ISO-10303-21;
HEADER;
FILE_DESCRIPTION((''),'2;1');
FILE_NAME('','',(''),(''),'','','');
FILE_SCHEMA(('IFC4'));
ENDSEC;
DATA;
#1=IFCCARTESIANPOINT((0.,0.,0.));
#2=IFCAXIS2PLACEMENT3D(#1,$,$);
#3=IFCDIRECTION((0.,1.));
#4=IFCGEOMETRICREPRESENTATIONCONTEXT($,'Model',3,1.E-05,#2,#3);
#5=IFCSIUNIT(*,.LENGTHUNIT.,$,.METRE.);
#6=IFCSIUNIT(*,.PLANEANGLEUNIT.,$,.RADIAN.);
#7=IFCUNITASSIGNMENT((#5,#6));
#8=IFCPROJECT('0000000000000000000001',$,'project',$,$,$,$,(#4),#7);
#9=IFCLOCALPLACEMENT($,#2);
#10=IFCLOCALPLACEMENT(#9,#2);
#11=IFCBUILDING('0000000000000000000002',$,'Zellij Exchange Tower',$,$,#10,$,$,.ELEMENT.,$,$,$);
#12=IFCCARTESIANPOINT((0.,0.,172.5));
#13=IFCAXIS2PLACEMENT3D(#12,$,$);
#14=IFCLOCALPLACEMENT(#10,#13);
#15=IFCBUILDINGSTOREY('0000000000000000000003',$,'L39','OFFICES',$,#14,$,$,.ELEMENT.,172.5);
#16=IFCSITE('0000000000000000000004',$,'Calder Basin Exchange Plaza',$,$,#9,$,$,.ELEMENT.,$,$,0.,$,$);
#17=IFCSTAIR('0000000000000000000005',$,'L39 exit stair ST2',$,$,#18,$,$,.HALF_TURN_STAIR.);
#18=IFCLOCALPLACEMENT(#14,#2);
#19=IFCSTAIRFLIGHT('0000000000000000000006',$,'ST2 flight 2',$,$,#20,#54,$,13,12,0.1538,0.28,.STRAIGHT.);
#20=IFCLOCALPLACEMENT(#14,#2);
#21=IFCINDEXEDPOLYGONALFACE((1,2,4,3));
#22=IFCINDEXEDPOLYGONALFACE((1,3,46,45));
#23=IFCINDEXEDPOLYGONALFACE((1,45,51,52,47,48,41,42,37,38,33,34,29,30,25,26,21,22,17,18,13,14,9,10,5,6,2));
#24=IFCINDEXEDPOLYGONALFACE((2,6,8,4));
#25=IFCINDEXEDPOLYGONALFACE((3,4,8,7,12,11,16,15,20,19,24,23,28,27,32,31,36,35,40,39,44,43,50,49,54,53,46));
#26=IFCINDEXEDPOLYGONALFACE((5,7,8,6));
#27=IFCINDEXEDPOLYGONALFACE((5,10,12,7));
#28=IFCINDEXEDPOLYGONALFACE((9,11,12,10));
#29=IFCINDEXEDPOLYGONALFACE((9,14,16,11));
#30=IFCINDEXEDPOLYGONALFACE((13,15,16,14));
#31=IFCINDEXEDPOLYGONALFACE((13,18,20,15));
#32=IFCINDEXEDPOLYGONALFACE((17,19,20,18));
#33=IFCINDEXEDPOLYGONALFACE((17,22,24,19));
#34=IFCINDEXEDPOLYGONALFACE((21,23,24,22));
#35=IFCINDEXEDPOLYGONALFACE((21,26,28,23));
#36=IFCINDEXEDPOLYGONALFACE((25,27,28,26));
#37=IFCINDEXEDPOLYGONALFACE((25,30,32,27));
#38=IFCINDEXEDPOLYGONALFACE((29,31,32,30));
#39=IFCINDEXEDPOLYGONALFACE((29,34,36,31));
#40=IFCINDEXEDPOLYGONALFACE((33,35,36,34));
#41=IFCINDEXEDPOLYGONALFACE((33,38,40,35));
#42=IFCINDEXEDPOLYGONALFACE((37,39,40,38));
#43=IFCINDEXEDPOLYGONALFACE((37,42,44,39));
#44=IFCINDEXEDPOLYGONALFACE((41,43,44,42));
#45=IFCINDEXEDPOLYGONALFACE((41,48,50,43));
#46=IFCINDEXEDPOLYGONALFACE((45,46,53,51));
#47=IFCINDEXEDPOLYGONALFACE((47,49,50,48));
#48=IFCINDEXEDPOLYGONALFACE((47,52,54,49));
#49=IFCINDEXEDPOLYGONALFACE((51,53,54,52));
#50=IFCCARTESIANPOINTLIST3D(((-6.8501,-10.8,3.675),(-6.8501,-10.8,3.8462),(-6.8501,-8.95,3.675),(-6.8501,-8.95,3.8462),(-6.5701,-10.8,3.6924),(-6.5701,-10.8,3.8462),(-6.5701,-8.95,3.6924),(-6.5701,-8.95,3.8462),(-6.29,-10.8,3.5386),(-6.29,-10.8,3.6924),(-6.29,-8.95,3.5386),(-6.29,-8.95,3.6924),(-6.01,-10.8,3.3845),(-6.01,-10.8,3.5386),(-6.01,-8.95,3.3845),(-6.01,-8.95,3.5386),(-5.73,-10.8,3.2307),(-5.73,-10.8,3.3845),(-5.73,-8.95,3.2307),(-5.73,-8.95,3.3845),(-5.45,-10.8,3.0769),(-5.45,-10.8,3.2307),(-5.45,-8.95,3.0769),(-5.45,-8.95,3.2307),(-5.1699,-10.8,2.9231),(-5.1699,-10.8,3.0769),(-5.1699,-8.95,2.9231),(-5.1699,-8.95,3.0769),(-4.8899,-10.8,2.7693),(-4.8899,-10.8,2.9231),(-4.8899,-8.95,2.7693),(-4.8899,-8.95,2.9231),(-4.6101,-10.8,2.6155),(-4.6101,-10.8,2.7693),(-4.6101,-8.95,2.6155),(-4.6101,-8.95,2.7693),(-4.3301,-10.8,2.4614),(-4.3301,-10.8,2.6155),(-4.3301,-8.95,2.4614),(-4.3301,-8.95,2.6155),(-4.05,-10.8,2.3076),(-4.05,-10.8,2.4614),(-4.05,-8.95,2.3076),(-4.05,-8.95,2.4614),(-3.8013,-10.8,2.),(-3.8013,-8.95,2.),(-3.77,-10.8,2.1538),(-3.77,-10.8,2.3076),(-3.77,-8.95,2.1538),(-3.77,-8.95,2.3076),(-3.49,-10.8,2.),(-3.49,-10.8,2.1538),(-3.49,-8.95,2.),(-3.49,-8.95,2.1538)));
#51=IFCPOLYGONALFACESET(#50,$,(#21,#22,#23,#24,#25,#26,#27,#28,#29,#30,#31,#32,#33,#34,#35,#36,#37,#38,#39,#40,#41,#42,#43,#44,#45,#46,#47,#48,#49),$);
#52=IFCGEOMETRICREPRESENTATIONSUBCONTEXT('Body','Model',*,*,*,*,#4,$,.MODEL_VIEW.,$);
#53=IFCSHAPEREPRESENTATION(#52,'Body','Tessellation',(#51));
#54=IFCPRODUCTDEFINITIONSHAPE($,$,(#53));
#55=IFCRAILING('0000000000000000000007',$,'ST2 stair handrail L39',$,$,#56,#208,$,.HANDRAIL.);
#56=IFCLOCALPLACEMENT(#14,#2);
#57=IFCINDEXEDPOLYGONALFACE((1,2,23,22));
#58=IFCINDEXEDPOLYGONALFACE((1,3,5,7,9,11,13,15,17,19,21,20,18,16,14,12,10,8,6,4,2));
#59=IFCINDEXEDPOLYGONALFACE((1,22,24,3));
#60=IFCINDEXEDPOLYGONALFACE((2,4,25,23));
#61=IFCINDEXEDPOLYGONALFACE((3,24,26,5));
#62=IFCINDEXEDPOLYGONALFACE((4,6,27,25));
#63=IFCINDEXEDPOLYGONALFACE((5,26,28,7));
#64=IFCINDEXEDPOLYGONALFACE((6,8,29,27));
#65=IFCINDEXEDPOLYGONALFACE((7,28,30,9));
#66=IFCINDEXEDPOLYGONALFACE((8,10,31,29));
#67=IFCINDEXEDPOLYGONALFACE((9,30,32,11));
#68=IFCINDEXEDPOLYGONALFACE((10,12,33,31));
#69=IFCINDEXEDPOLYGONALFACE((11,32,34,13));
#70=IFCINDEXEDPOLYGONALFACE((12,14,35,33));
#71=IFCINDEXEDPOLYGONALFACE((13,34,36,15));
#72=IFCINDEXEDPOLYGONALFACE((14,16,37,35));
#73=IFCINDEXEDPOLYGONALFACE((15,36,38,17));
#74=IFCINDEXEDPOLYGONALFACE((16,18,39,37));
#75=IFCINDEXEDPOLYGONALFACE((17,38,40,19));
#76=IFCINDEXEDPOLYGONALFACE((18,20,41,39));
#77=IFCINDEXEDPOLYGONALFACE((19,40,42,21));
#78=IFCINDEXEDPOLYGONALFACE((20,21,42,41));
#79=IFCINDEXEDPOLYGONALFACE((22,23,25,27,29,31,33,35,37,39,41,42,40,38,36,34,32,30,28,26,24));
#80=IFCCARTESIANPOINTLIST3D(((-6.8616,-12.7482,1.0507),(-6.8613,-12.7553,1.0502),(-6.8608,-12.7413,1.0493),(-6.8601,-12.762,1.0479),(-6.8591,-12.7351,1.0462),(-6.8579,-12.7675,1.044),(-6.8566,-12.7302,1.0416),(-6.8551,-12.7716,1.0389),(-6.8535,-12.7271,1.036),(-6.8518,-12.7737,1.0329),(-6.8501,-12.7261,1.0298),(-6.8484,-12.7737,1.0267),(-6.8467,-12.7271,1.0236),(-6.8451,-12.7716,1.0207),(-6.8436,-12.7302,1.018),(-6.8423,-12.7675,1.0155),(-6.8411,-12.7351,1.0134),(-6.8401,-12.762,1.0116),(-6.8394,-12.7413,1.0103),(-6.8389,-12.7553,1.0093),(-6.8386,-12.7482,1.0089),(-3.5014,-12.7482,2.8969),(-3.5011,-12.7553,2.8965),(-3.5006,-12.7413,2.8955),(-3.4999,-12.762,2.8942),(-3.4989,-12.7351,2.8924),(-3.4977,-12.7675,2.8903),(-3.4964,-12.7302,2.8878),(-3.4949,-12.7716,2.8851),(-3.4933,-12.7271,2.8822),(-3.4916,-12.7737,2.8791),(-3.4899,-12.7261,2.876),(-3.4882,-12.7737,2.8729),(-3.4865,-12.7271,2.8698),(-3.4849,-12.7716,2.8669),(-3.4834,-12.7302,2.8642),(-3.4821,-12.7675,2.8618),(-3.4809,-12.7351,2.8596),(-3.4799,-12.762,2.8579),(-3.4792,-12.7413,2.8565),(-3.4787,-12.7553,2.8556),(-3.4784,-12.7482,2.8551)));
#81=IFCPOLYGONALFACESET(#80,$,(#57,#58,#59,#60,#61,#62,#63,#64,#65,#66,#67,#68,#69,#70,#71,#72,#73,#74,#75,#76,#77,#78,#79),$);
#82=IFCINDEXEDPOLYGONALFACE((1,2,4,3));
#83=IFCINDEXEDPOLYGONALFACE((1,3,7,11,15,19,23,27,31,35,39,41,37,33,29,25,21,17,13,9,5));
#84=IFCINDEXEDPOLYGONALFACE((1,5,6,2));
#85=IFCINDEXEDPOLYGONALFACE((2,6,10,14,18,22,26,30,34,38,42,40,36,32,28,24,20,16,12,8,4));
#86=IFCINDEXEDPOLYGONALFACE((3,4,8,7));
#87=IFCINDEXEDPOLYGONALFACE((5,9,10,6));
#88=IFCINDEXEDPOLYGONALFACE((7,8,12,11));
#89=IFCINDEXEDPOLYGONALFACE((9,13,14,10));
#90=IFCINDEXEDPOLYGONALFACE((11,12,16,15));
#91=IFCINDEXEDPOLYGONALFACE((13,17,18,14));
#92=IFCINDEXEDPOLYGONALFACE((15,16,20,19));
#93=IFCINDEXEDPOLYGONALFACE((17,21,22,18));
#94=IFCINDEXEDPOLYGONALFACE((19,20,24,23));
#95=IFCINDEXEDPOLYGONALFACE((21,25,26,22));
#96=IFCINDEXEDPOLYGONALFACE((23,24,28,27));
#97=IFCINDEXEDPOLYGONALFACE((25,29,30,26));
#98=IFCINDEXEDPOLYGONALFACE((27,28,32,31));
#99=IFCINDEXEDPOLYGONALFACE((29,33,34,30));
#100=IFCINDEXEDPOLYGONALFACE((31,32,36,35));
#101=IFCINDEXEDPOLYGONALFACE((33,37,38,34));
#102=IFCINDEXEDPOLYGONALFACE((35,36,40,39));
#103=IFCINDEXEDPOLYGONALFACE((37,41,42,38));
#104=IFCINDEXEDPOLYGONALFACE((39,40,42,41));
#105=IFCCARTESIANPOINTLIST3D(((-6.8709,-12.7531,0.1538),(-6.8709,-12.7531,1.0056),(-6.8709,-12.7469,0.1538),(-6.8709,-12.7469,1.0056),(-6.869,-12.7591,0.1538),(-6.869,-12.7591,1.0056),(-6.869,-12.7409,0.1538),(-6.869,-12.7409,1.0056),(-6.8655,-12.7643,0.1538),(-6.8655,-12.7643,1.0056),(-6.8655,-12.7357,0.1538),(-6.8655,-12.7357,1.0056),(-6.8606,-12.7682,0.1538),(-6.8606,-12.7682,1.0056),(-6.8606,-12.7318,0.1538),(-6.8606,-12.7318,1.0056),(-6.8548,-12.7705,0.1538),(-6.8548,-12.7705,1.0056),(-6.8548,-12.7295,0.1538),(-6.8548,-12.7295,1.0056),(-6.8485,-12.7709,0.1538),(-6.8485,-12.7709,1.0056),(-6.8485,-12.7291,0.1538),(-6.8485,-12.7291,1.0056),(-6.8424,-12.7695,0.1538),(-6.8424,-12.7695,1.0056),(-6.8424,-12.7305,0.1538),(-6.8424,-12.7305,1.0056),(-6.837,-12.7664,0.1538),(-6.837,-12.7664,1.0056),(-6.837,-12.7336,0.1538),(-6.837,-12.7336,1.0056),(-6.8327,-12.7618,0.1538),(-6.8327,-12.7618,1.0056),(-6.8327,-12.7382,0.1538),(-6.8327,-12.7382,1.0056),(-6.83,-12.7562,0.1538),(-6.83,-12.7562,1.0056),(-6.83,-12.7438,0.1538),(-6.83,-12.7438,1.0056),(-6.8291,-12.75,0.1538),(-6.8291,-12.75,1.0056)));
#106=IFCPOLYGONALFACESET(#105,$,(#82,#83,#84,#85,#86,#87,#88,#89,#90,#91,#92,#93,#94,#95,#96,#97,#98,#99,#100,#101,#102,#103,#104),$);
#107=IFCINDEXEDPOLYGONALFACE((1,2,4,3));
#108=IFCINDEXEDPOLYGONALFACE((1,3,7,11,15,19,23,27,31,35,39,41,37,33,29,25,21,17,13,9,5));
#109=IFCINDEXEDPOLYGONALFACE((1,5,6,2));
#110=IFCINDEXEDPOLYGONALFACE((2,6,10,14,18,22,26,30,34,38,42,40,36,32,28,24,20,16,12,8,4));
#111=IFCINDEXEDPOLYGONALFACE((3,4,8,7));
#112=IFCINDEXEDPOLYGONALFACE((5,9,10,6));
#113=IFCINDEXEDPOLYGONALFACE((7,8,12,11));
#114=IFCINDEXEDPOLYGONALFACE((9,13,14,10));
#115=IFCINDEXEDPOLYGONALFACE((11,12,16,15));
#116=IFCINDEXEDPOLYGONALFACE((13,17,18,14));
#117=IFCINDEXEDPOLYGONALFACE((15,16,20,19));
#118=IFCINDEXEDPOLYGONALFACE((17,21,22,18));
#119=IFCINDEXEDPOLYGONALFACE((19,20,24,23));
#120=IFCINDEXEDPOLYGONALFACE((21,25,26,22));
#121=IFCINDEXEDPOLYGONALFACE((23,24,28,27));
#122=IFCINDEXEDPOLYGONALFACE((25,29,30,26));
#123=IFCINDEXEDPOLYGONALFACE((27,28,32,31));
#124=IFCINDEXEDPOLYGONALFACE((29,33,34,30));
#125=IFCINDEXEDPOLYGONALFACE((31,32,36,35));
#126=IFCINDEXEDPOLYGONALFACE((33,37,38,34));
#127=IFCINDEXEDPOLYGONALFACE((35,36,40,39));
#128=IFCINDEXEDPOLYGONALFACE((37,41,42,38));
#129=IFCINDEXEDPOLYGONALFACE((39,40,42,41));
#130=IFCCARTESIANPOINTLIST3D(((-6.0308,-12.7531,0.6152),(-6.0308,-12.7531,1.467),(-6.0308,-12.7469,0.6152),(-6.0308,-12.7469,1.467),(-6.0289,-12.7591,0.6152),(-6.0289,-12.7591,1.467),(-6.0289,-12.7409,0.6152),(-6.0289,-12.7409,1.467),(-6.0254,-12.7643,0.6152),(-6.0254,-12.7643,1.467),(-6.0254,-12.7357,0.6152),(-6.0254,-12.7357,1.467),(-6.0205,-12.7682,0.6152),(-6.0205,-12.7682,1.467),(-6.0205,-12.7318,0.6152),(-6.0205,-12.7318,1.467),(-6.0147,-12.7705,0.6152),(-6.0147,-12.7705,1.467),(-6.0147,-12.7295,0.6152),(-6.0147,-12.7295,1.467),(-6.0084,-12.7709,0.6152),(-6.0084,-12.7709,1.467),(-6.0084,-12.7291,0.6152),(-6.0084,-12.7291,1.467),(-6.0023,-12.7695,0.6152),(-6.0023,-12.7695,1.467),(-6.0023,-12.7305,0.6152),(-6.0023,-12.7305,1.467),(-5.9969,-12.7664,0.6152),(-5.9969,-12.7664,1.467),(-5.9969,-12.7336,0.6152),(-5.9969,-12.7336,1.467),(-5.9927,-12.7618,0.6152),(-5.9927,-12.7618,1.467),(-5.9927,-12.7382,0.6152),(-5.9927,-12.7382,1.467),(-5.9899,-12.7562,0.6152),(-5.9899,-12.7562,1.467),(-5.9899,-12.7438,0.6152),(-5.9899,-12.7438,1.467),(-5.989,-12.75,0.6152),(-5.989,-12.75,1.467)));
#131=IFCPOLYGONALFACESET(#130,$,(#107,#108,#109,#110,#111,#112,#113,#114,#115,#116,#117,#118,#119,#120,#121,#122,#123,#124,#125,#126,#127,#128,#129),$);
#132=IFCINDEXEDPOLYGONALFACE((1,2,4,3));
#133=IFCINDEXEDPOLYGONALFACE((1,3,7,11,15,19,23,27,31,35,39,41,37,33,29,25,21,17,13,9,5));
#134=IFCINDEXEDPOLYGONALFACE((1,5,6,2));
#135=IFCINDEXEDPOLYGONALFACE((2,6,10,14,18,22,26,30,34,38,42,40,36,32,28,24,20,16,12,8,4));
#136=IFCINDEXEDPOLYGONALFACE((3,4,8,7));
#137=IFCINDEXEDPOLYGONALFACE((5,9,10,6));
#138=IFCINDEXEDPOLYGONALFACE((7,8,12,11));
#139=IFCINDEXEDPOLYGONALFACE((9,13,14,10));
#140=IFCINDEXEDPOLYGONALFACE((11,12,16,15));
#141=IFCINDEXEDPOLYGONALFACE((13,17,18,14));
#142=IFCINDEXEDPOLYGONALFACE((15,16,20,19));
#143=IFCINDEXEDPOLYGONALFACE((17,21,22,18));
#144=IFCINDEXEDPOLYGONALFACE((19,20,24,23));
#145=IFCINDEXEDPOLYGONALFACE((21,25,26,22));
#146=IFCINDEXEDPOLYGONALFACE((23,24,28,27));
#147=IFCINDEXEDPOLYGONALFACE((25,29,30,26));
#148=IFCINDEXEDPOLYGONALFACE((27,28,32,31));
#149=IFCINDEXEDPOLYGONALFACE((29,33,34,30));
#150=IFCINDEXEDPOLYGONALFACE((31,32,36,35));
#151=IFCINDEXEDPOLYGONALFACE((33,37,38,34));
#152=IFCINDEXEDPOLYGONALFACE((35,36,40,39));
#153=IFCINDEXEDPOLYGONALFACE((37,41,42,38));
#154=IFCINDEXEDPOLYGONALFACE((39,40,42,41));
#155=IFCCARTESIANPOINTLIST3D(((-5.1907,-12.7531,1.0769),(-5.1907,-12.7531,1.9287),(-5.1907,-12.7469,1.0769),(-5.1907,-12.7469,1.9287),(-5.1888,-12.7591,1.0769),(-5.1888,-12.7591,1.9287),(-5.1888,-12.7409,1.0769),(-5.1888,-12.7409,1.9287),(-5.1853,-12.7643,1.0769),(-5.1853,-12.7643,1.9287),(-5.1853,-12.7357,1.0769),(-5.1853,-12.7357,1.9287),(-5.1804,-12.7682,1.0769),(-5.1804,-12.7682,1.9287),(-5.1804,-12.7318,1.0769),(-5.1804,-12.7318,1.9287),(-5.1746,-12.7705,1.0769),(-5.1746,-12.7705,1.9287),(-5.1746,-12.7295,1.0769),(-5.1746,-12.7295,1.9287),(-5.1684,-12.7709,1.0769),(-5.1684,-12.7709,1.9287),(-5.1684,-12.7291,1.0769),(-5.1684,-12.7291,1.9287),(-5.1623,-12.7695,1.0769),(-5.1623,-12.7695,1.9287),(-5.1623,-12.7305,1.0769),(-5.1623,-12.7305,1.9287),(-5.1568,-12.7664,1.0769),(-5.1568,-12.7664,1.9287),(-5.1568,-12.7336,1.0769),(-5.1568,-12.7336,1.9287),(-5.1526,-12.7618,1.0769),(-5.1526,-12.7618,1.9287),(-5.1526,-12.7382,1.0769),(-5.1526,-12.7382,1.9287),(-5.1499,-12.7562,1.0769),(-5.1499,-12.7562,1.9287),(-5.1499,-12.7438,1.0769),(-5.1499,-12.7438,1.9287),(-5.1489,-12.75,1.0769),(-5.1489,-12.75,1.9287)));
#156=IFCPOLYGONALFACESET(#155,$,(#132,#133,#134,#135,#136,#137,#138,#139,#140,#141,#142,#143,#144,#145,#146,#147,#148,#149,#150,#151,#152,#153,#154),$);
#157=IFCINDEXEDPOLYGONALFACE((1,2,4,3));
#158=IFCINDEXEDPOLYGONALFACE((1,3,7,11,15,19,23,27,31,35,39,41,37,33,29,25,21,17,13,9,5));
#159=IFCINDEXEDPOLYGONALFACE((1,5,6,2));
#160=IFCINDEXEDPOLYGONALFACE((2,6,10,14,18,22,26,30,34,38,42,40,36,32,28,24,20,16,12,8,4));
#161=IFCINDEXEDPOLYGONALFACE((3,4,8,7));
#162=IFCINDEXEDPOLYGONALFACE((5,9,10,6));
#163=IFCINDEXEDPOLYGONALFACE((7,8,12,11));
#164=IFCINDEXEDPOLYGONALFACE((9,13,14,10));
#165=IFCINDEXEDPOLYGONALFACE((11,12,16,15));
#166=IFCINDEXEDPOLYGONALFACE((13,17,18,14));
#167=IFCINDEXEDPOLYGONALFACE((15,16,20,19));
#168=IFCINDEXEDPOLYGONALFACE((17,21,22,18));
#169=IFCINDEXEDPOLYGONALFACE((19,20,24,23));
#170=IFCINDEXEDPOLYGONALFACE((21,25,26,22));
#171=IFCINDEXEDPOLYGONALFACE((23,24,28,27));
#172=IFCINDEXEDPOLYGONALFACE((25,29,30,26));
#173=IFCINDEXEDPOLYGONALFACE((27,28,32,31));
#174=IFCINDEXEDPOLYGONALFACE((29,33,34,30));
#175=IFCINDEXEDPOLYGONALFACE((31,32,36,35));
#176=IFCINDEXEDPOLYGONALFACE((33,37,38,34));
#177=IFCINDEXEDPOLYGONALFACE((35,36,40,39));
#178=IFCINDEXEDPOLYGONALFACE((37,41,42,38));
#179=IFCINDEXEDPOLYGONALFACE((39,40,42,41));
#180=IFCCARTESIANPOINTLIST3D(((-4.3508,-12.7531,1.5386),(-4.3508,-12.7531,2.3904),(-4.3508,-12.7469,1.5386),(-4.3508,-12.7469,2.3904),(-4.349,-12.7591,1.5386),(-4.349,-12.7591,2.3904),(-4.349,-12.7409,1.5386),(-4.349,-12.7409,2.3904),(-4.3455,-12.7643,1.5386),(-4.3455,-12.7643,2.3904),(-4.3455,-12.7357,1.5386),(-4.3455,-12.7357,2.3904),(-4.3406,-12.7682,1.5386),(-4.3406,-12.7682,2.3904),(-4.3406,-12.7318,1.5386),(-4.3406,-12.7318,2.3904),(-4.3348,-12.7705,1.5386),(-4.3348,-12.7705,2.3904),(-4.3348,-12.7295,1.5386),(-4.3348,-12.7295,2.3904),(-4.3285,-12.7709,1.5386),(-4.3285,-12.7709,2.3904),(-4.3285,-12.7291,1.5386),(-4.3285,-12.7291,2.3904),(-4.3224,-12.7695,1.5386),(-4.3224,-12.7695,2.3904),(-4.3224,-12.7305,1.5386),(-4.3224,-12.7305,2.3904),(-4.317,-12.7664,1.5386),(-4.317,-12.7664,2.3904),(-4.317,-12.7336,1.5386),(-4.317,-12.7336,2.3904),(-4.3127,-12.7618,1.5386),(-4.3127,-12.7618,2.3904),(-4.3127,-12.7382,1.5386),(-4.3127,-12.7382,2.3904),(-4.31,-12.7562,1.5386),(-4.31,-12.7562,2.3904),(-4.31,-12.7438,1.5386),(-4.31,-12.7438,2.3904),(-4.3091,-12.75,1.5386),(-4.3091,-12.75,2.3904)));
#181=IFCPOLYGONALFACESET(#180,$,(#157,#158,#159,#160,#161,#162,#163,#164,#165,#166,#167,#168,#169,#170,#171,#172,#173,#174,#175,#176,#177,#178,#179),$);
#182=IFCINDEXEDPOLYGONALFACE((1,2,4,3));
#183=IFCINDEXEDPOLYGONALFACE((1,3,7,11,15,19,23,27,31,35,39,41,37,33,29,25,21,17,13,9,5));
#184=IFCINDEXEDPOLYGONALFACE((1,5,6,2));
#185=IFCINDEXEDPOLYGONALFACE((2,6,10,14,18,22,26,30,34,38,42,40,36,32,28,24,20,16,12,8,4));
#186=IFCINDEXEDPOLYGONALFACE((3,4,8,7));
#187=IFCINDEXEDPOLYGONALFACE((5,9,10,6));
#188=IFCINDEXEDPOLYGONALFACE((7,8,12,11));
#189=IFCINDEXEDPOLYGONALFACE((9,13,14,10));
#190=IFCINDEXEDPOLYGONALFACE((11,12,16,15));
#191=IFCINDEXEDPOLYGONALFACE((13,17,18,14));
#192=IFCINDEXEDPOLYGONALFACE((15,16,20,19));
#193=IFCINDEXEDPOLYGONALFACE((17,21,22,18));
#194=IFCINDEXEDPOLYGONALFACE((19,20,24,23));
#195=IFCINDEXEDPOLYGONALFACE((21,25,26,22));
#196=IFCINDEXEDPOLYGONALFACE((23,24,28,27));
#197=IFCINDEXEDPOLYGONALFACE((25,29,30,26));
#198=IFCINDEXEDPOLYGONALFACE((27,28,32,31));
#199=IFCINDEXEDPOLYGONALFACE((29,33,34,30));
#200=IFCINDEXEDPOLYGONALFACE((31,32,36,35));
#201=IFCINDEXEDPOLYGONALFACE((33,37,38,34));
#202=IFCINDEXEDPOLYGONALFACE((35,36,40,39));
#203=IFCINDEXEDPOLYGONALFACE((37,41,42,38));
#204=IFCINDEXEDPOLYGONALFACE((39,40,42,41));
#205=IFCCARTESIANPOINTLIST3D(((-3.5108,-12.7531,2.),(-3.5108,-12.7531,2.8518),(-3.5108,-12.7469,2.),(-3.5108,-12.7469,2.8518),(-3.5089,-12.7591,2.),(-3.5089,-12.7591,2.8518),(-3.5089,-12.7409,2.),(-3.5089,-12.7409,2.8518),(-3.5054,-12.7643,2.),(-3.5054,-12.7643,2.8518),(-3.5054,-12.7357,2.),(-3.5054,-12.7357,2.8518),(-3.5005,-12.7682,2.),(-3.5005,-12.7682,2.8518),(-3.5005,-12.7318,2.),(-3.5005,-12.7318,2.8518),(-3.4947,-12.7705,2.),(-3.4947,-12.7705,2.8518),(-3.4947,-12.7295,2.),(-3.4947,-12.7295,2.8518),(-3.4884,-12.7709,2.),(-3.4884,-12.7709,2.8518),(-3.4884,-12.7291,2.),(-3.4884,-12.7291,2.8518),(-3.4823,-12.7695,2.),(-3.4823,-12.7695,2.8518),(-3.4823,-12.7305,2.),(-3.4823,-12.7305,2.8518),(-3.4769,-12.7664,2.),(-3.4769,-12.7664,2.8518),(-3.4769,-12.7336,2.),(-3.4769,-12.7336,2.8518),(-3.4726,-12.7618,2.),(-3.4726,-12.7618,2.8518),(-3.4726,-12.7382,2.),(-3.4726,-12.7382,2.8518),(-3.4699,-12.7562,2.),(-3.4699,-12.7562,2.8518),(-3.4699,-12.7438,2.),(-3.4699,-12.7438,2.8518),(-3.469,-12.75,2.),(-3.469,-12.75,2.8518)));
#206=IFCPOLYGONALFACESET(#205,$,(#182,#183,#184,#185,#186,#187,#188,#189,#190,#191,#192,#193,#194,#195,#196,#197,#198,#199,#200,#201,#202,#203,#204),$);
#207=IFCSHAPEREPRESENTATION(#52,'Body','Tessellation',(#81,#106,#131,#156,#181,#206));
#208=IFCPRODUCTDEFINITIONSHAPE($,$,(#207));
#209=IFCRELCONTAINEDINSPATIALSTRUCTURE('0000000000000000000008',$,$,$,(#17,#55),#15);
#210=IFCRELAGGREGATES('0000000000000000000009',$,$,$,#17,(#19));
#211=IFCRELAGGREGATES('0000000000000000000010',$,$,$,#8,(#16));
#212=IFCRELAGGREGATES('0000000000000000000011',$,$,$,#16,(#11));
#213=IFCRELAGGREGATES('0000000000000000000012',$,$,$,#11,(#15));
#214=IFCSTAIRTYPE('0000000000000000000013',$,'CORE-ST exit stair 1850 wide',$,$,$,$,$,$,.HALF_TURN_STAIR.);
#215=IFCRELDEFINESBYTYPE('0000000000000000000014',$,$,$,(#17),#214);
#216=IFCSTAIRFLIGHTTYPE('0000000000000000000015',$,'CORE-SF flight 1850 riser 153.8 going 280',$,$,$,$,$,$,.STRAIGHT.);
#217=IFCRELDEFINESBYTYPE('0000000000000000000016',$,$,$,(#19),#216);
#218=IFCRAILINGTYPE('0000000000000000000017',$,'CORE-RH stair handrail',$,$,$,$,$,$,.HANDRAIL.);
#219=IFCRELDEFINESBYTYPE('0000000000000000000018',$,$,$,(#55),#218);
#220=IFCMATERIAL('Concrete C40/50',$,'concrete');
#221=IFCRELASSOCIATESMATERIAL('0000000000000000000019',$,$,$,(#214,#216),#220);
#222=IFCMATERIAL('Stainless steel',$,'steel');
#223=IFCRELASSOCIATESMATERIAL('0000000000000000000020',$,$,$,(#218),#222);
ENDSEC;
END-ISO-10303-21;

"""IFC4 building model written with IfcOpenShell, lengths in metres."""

from ifc_helpers import new_model, si_unit, direction, frame, origin, origin_2d, place, context, subcontext, project, spatial, polyline, circle, outline, extrude, material, type_object, element, aggregate, save


model = new_model("IFC4")

# Units and contexts
model_context = context("Model", 3, precision=1e-05, world=origin(), true_north=direction((0.0, 1.0)))
body_context = subcontext(model_context, "Body", "Model", "MODEL_VIEW")
ifc_project = project(units=[si_unit("LENGTHUNIT", "METRE"), si_unit("PLANEANGLEUNIT", "RADIAN")], contexts=[model_context])

# Site, building, storey
site_placement = place(None, origin())
site = spatial("IfcSite", under=ifc_project, at=site_placement, Name="Calder Basin Exchange Plaza", CompositionType="ELEMENT", RefElevation=0.0)
building_placement = place(site_placement, origin())
building = spatial("IfcBuilding", under=site, at=building_placement, Name="Zellij Exchange Tower", CompositionType="ELEMENT")
storey_placement = place(building_placement, frame((0.0, 0.0, 172.5)))
storey = spatial("IfcBuildingStorey", under=building, at=storey_placement, Name="L39", Description="OFFICES", CompositionType="ELEMENT", Elevation=172.5)

# Stair, stair flight
ifc_material_1 = material(Name="Concrete C40/50", Category="concrete")
stair_type = type_object("IfcStairType", Name="CORE-ST exit stair 1850 wide", PredefinedType="HALF_TURN_STAIR", material=ifc_material_1)
stair_placement = place(storey_placement, origin())
stair = element("IfcStair", 1, at=stair_placement, inside=storey, type_object=stair_type, Name="L39 exit stair ST2", PredefinedType="HALF_TURN_STAIR")
stair_flight_type = type_object("IfcStairFlightType", Name="CORE-SF flight 1850 riser 153.8 going 280", PredefinedType="STRAIGHT", material=ifc_material_1)
stair_flight_1_placement = place(storey_placement, frame((-3.49, -9.875, 2.0), z_axis=(0.0, 0.0, 1.0), x_axis=(-1.0, 0.0, 0.0)))
stair_flight_1 = element("IfcStairFlight", 2, at=stair_flight_1_placement, type_object=stair_flight_type, Name="ST2 flight 2", NumberOfRisers=13, NumberOfTreads=12, PredefinedType="STRAIGHT", RiserHeight=0.1538, TreadLength=0.28, context=body_context, shape_type="SweptSolid", body=[
    extrude(outline(polyline([(0.0, 0.0), (0.0, 0.1538), (0.28, 0.1538), (0.28, 0.3076), (0.5601, 0.3076), (0.5601, 0.4614), (0.8401, 0.4614), (0.8401, 0.6155), (1.1201, 0.6155), (1.1201, 0.7693), (1.3999, 0.7693), (1.3999, 0.9231), (1.6799, 0.9231), (1.6799, 1.0769), (1.96, 1.0769), (1.96, 1.2307), (2.24, 1.2307), (2.24, 1.3845), (2.52, 1.3845), (2.52, 1.5386), (2.8, 1.5386), (2.8, 1.6924), (3.0801, 1.6924), (3.0801, 1.8462), (3.3601, 1.8462), (3.3601, 2.0), (3.3601, 1.675), (0.3113, 0.0), (0.0, 0.0)])), frame((0.0, 0.925, 0.0), z_axis=(0.0, -1.0, 0.0), x_axis=(1.0, 0.0, 0.0)), (0.0, 0.0, 1.0), 1.8501),
])
aggregate(stair, [stair_flight_1])

# Railing
ifc_material_2 = material(Name="Stainless steel", Category="steel")
railing_type_1 = type_object("IfcRailingType", Name="CORE-RH stair handrail", PredefinedType="HANDRAIL", material=ifc_material_2)
railing_1_placement = place(storey_placement, frame((-6.8501, -12.75, 0.1538)))
element("IfcRailing", 3, at=railing_1_placement, inside=storey, type_object=railing_type_1, Name="ST2 stair handrail L39", PredefinedType="HANDRAIL", context=body_context, shape_type="SweptSolid", body=[
    extrude(circle(Radius=0.0239, at=origin_2d()), frame((0.0, 0.0, 0.876), z_axis=(0.876422, 0.0, 0.481545), x_axis=(0.0, 1.0, 0.0)), (0.0, 0.0, 1.0), 3.834),
    extrude(circle(Radius=0.021, at=origin_2d()), origin(), (0.0, 0.0, 1.0), 0.8518),
    extrude(circle(Radius=0.021, at=origin_2d()), frame((0.8401, 0.0, 0.4614)), (0.0, 0.0, 1.0), 0.8518),
    extrude(circle(Radius=0.021, at=origin_2d()), frame((1.6802, 0.0, 0.9231)), (0.0, 0.0, 1.0), 0.8518),
    extrude(circle(Radius=0.021, at=origin_2d()), frame((2.52, 0.0, 1.3848)), (0.0, 0.0, 1.0), 0.8518),
    extrude(circle(Radius=0.021, at=origin_2d()), frame((3.3601, 0.0, 1.8462)), (0.0, 0.0, 1.0), 0.8518),
])

save(model, "model.ifc")
